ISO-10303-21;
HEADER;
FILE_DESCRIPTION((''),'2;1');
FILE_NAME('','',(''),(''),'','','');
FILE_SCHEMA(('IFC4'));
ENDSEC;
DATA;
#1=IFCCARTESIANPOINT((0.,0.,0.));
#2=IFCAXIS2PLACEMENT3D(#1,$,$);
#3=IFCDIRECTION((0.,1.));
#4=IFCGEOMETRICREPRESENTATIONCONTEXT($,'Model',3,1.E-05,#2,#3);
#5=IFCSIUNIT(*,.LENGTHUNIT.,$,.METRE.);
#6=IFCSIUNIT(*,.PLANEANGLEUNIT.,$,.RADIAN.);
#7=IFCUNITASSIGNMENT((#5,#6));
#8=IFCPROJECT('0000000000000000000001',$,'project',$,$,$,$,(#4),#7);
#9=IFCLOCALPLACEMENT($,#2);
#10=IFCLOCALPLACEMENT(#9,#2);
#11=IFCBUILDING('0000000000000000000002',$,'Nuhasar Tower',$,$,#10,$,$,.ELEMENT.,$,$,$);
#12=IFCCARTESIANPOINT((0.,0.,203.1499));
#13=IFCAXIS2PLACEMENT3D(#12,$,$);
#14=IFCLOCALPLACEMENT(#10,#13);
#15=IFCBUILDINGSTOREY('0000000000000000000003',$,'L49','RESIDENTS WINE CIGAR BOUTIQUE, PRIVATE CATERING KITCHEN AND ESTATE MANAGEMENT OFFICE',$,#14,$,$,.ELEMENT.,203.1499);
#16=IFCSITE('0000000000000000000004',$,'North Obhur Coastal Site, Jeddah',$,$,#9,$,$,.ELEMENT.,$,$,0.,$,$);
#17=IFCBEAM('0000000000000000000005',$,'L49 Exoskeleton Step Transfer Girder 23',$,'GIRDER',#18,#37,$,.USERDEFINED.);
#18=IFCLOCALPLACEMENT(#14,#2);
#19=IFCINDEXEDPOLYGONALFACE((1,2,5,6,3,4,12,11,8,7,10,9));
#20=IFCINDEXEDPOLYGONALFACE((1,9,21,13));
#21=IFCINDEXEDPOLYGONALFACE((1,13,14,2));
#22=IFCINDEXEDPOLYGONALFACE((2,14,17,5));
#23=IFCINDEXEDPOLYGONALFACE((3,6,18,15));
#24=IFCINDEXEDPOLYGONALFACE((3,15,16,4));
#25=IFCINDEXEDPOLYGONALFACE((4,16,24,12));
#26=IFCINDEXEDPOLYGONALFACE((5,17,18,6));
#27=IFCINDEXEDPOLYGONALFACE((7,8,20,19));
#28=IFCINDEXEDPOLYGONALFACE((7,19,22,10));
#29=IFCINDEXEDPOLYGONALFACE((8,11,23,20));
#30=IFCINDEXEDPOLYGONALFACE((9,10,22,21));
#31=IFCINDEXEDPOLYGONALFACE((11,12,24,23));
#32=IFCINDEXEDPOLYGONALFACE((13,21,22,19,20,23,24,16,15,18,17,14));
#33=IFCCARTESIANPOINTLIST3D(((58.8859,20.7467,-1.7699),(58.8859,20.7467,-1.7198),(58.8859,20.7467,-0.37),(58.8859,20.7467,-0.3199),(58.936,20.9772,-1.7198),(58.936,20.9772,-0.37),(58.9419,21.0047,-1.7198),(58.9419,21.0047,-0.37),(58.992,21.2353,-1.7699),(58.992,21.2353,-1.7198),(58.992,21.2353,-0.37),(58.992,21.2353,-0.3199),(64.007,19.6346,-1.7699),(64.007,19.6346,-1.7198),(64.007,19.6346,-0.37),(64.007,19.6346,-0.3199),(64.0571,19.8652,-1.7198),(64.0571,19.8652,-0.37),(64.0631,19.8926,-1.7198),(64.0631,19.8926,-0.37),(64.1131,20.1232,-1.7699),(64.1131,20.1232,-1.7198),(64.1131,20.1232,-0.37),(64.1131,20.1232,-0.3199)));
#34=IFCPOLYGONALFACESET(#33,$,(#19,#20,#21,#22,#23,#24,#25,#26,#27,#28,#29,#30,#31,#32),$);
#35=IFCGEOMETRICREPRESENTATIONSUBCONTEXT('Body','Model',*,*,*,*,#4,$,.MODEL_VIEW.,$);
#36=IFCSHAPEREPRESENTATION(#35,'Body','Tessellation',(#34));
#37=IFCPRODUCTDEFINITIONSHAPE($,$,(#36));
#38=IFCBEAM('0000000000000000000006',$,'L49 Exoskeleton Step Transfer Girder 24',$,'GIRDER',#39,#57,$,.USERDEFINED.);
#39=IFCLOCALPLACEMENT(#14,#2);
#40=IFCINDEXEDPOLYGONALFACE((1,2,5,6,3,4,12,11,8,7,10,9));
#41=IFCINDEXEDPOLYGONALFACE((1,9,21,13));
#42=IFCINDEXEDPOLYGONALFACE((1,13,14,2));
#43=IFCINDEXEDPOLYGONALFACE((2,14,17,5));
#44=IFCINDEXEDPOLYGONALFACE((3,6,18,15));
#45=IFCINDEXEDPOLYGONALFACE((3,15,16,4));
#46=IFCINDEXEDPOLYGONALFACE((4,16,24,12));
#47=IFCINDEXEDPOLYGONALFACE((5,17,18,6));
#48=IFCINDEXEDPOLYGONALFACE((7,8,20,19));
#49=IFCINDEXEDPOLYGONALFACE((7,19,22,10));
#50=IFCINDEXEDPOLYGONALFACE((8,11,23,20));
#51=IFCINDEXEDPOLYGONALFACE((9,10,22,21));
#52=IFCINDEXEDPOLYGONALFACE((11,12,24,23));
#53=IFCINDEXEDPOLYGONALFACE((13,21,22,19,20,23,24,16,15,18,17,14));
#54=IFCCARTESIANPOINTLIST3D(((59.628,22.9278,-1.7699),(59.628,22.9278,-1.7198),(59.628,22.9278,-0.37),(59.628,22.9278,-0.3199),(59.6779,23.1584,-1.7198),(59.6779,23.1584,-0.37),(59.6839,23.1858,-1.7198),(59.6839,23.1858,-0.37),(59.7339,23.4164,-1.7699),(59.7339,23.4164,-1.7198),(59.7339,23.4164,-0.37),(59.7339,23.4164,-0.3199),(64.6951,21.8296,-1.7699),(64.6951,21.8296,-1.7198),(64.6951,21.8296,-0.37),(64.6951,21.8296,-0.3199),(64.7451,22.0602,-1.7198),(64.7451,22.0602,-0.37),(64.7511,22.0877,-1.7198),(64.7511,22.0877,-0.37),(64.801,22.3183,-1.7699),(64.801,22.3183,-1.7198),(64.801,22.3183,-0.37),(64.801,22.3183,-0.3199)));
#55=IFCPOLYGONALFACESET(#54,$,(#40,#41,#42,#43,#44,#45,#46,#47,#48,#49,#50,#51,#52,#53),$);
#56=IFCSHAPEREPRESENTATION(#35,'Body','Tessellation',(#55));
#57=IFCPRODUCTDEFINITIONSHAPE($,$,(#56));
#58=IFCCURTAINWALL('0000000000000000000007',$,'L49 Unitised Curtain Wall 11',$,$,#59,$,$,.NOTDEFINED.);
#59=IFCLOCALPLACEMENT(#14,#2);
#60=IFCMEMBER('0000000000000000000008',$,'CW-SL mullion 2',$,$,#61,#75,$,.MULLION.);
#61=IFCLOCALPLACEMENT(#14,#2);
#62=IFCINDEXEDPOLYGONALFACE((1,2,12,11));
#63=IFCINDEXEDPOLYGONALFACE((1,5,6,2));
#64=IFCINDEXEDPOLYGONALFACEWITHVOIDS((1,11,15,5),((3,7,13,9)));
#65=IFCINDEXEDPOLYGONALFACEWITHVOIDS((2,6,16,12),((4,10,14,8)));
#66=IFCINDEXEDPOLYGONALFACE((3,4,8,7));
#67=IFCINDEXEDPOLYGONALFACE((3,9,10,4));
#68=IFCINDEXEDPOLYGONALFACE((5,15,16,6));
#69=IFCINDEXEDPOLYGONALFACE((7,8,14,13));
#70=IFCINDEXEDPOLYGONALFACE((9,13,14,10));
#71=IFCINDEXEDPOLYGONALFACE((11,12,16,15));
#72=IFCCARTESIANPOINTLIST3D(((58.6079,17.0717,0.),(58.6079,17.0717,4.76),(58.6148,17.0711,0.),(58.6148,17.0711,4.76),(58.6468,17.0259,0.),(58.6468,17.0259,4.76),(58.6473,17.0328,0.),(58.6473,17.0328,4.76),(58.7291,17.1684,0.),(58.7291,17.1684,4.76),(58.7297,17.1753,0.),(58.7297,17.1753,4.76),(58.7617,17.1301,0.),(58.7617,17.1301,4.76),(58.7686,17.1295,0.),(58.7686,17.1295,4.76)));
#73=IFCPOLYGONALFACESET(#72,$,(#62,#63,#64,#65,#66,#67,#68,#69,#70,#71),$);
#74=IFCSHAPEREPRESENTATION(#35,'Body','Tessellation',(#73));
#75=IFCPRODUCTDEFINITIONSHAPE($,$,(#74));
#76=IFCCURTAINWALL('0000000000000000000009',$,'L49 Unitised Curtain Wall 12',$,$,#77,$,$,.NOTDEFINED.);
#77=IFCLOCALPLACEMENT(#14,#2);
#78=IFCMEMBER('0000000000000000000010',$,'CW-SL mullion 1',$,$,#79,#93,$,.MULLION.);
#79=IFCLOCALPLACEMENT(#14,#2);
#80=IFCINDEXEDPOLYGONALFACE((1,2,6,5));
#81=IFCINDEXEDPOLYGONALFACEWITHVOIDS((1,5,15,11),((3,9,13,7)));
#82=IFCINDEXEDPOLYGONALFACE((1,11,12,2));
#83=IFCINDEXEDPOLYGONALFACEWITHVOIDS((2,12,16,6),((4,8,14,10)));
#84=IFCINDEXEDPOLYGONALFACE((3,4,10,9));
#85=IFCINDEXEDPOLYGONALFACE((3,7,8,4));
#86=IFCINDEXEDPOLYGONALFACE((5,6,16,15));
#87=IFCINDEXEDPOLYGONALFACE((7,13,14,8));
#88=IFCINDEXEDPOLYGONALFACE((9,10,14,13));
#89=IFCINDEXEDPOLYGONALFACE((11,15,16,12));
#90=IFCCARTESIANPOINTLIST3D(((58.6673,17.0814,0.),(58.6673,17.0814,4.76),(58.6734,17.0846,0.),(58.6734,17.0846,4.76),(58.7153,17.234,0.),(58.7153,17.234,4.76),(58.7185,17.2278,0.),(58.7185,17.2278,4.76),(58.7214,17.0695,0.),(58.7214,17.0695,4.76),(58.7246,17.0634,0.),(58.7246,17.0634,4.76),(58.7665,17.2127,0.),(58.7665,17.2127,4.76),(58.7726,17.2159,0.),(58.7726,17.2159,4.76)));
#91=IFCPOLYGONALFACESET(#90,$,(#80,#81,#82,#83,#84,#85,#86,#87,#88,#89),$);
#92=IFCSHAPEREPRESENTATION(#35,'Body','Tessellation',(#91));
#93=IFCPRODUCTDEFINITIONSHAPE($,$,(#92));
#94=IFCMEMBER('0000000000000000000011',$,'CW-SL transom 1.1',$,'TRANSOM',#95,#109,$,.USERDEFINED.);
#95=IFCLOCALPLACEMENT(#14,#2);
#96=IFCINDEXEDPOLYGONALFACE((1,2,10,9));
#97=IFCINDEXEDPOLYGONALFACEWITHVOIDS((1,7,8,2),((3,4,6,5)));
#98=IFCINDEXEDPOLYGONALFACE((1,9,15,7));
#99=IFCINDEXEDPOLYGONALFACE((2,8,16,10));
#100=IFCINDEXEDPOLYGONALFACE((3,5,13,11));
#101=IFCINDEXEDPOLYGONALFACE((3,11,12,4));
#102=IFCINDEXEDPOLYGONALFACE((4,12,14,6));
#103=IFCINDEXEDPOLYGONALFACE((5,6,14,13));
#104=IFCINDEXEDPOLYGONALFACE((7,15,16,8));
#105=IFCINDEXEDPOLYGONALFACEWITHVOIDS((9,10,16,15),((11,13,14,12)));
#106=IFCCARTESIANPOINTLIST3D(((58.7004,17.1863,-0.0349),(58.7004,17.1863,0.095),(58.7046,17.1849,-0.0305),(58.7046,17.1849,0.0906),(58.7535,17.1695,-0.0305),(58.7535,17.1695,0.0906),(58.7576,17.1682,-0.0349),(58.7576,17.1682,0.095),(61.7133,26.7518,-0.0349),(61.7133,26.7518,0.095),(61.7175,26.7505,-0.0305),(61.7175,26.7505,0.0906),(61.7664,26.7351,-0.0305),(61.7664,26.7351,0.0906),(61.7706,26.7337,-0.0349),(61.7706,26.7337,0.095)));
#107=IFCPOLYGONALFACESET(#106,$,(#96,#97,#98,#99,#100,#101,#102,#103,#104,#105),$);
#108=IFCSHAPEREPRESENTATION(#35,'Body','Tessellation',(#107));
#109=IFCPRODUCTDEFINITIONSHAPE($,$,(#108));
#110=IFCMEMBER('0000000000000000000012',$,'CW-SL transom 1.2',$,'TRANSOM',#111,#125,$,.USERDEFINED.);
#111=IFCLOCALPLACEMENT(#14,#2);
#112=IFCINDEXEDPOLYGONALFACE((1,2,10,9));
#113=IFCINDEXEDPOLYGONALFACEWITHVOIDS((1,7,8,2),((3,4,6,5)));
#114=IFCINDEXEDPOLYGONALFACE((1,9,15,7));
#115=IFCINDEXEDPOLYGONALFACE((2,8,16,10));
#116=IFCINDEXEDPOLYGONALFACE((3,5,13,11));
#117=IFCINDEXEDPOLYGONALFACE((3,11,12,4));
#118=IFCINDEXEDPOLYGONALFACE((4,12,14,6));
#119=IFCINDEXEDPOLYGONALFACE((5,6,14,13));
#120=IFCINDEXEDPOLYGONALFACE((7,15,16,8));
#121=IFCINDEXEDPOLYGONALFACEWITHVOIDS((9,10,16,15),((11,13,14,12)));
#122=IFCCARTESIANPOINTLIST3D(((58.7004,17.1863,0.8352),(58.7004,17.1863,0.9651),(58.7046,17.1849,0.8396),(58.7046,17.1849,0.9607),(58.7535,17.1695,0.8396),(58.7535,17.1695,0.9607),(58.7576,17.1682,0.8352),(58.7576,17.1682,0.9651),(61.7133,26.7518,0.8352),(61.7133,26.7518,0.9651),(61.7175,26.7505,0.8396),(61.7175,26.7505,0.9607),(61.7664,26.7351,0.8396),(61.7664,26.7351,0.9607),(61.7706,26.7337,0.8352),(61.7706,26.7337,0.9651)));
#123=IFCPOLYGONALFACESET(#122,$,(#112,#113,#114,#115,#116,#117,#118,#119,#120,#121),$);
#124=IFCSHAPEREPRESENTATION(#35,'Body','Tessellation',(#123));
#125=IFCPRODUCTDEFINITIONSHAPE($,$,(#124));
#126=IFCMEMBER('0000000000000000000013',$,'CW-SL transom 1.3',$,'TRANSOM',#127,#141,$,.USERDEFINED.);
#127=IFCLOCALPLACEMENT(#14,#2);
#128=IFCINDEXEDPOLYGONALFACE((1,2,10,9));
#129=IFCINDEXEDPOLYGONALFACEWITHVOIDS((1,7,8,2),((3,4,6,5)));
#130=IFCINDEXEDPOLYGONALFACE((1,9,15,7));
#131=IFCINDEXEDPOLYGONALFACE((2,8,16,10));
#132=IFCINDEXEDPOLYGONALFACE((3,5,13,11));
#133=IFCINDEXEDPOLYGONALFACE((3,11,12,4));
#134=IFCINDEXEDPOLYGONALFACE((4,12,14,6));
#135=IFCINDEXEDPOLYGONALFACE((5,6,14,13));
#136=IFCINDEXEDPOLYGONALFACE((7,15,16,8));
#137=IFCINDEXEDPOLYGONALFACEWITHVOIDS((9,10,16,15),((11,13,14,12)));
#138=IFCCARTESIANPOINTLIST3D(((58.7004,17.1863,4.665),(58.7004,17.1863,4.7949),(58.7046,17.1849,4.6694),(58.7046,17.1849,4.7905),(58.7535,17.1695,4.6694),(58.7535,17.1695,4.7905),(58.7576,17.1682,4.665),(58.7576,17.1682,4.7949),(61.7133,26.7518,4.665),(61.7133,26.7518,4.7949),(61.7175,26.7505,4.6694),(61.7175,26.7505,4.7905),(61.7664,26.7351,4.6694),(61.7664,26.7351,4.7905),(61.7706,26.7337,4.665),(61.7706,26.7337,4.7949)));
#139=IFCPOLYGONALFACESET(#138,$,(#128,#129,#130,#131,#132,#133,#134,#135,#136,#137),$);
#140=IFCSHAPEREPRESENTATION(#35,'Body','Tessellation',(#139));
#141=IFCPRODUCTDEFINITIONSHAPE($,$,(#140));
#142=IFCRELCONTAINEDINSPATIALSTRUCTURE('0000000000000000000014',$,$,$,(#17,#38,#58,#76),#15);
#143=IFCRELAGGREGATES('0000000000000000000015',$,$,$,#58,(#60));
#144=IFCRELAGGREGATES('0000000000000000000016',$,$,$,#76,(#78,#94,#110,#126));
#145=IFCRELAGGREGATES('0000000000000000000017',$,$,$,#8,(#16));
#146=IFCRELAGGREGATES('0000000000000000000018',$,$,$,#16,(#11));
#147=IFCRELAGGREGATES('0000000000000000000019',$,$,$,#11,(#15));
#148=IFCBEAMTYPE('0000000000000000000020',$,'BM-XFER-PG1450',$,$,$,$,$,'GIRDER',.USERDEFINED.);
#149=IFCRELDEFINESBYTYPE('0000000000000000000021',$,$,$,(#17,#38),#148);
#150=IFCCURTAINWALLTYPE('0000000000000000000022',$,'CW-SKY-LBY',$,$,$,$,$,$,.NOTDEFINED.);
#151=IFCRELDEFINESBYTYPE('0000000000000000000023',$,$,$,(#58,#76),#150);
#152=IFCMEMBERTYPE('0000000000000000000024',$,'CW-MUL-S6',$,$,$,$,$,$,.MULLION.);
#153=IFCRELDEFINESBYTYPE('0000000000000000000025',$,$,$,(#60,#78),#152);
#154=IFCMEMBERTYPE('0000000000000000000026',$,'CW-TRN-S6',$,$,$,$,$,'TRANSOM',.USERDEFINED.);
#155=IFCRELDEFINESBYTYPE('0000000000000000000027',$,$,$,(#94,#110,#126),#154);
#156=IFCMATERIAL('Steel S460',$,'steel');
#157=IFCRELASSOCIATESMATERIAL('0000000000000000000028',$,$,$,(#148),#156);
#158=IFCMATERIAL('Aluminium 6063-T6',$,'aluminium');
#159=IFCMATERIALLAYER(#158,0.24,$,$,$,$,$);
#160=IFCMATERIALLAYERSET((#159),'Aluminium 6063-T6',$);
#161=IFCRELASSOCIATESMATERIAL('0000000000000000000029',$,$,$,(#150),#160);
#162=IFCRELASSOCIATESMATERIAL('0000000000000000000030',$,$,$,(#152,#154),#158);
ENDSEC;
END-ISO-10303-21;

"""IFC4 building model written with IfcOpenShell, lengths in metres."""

from ifc_helpers import new_model, si_unit, direction, frame, origin, origin_2d, place, context, subcontext, project, spatial, hollow_rectangle, i_section, extrude, material, layer, layer_set, material_profile, profile_set, type_object, element, aggregate, save


model = new_model("IFC4")

# Units and contexts
model_context = context("Model", 3, precision=1e-05, world=origin(), true_north=direction((0.0, 1.0)))
body_context = subcontext(model_context, "Body", "Model", "MODEL_VIEW")
ifc_project = project(units=[si_unit("LENGTHUNIT", "METRE"), si_unit("PLANEANGLEUNIT", "RADIAN")], contexts=[model_context])

# Site, building, storey
site_placement = place(None, origin())
site = spatial("IfcSite", under=ifc_project, at=site_placement, Name="North Obhur Coastal Site, Jeddah", CompositionType="ELEMENT", RefElevation=0.0)
building_placement = place(site_placement, origin())
building = spatial("IfcBuilding", under=site, at=building_placement, Name="Nuhasar Tower", CompositionType="ELEMENT")
storey_placement = place(building_placement, frame((0.0, 0.0, 203.1499)))
storey = spatial("IfcBuildingStorey", under=building, at=storey_placement, Name="L49", Description="RESIDENTS WINE CIGAR BOUTIQUE, PRIVATE CATERING KITCHEN AND ESTATE MANAGEMENT OFFICE", CompositionType="ELEMENT", Elevation=203.1499)

# Beams
ifc_material_1 = material(Name="Steel S460", Category="steel")
ifc_material_profile_1 = material_profile(ifc_material_1, i_section(OverallWidth=0.5, OverallDepth=1.45, WebThickness=0.0281, FlangeThickness=0.05, at=origin_2d()), Name="PG1450X500")
ifc_profile_set_1 = profile_set([ifc_material_profile_1], Name="Steel S460")
beam_type_1 = type_object("IfcBeamType", Name="BM-XFER-PG1450", ElementType="GIRDER", PredefinedType="USERDEFINED", material=ifc_profile_set_1)
beam_1_placement = place(storey_placement, frame((58.939, 20.991, -1.0449), z_axis=(0.977225, -0.212207, 0.0), x_axis=(0.212207, 0.977225, 0.0)))
element("IfcBeam", 1, at=beam_1_placement, inside=storey, type_object=beam_type_1, Name="L49 Exoskeleton Step Transfer Girder 23", ObjectType="GIRDER", PredefinedType="USERDEFINED", context=body_context, shape_type="SweptSolid", body=[
    extrude(i_section(OverallWidth=0.5, OverallDepth=1.45, WebThickness=0.0281, FlangeThickness=0.05, at=origin_2d()), origin(), (0.0, 0.0, 1.0), 5.2405),
])
beam_2_placement = place(storey_placement, frame((59.6809, 23.1721, -1.0449), z_axis=(0.977313, -0.211802, 0.0), x_axis=(0.211802, 0.977313, 0.0)))
element("IfcBeam", 2, at=beam_2_placement, inside=storey, type_object=beam_type_1, Name="L49 Exoskeleton Step Transfer Girder 24", ObjectType="GIRDER", PredefinedType="USERDEFINED", context=body_context, shape_type="SweptSolid", body=[
    extrude(i_section(OverallWidth=0.5, OverallDepth=1.45, WebThickness=0.0281, FlangeThickness=0.05, at=origin_2d()), origin(), (0.0, 0.0, 1.0), 5.1848),
])

# Curtain wall, member
ifc_material_2 = material(Name="Aluminium 6063-T6", Category="aluminium")
ifc_layer_1 = layer(ifc_material_2, 0.24)
ifc_layer_set_1 = layer_set([ifc_layer_1], Name="Aluminium 6063-T6")
curtain_wall_type = type_object("IfcCurtainWallType", Name="CW-SKY-LBY", PredefinedType="NOTDEFINED", material=ifc_layer_set_1)
curtain_wall_1_placement = place(storey_placement, origin())
curtain_wall_1 = element("IfcCurtainWall", 3, at=curtain_wall_1_placement, inside=storey, type_object=curtain_wall_type, Name="L49 Unitised Curtain Wall 11", PredefinedType="NOTDEFINED")
ifc_material_profile_2 = material_profile(ifc_material_2, hollow_rectangle(XDim=0.0601, YDim=0.1599, WallThickness=0.0049, at=origin_2d()), Name="CWM-6")
ifc_profile_set_2 = profile_set([ifc_material_profile_2], Name="Aluminium 6063-T6")
member_type_1 = type_object("IfcMemberType", Name="CW-MUL-S6", PredefinedType="MULLION", material=ifc_profile_set_2)
member_1_placement = place(storey_placement, frame((58.6882, 17.1006, 0.0), z_axis=(0.0, 0.0, 1.0), x_axis=(-0.647895, 0.761729, 0.0)))
member_1 = element("IfcMember", 4, at=member_1_placement, type_object=member_type_1, Name="CW-SL mullion 2", PredefinedType="MULLION", context=body_context, shape_type="SweptSolid", body=[
    extrude(hollow_rectangle(XDim=0.0601, YDim=0.1599, WallThickness=0.0049, at=origin_2d()), origin(), (0.0, 0.0, 1.0), 4.76),
])
aggregate(curtain_wall_1, [member_1])

# Curtain wall, members
curtain_wall_2_placement = place(storey_placement, origin())
curtain_wall_2 = element("IfcCurtainWall", 5, at=curtain_wall_2_placement, inside=storey, type_object=curtain_wall_type, Name="L49 Unitised Curtain Wall 12", PredefinedType="NOTDEFINED")
member_2_placement = place(storey_placement, frame((58.72, 17.1487, 0.0), z_axis=(0.0, 0.0, 1.0), x_axis=(-0.953804, 0.300429, 0.0)))
member_2 = element("IfcMember", 6, at=member_2_placement, type_object=member_type_1, Name="CW-SL mullion 1", PredefinedType="MULLION", context=body_context, shape_type="SweptSolid", body=[
    extrude(hollow_rectangle(XDim=0.0601, YDim=0.1599, WallThickness=0.0049, at=origin_2d()), origin(), (0.0, 0.0, 1.0), 4.76),
])
ifc_material_profile_3 = material_profile(ifc_material_2, hollow_rectangle(XDim=0.0601, YDim=0.1299, WallThickness=0.0044, at=origin_2d()), Name="CWT-6")
ifc_profile_set_3 = profile_set([ifc_material_profile_3], Name="Aluminium 6063-T6")
member_type_2 = type_object("IfcMemberType", Name="CW-TRN-S6", ElementType="TRANSOM", PredefinedType="USERDEFINED", material=ifc_profile_set_3)
member_3_placement = place(storey_placement, frame((58.729, 17.1772, 0.03), z_axis=(0.300431, 0.953804, 0.0), x_axis=(-0.953804, 0.300431, 0.0)))
member_3 = element("IfcMember", 7, at=member_3_placement, type_object=member_type_2, Name="CW-SL transom 1.1", ObjectType="TRANSOM", PredefinedType="USERDEFINED", context=body_context, shape_type="SweptSolid", body=[
    extrude(hollow_rectangle(XDim=0.0601, YDim=0.1299, WallThickness=0.0044, at=origin_2d()), origin(), (0.0, 0.0, 1.0), 10.0288),
])
member_4_placement = place(storey_placement, frame((58.729, 17.1772, 0.9001), z_axis=(0.300431, 0.953804, 0.0), x_axis=(-0.953804, 0.300431, 0.0)))
member_4 = element("IfcMember", 8, at=member_4_placement, type_object=member_type_2, Name="CW-SL transom 1.2", ObjectType="TRANSOM", PredefinedType="USERDEFINED", context=body_context, shape_type="SweptSolid", body=[
    extrude(hollow_rectangle(XDim=0.0601, YDim=0.1299, WallThickness=0.0044, at=origin_2d()), origin(), (0.0, 0.0, 1.0), 10.0288),
])
member_5_placement = place(storey_placement, frame((58.729, 17.1772, 4.73), z_axis=(0.300431, 0.953804, 0.0), x_axis=(-0.953804, 0.300431, 0.0)))
member_5 = element("IfcMember", 9, at=member_5_placement, type_object=member_type_2, Name="CW-SL transom 1.3", ObjectType="TRANSOM", PredefinedType="USERDEFINED", context=body_context, shape_type="SweptSolid", body=[
    extrude(hollow_rectangle(XDim=0.0601, YDim=0.1299, WallThickness=0.0044, at=origin_2d()), origin(), (0.0, 0.0, 1.0), 10.0288),
])

aggregate(curtain_wall_2, [member_2, member_3, member_4, member_5])

save(model, "model.ifc")
